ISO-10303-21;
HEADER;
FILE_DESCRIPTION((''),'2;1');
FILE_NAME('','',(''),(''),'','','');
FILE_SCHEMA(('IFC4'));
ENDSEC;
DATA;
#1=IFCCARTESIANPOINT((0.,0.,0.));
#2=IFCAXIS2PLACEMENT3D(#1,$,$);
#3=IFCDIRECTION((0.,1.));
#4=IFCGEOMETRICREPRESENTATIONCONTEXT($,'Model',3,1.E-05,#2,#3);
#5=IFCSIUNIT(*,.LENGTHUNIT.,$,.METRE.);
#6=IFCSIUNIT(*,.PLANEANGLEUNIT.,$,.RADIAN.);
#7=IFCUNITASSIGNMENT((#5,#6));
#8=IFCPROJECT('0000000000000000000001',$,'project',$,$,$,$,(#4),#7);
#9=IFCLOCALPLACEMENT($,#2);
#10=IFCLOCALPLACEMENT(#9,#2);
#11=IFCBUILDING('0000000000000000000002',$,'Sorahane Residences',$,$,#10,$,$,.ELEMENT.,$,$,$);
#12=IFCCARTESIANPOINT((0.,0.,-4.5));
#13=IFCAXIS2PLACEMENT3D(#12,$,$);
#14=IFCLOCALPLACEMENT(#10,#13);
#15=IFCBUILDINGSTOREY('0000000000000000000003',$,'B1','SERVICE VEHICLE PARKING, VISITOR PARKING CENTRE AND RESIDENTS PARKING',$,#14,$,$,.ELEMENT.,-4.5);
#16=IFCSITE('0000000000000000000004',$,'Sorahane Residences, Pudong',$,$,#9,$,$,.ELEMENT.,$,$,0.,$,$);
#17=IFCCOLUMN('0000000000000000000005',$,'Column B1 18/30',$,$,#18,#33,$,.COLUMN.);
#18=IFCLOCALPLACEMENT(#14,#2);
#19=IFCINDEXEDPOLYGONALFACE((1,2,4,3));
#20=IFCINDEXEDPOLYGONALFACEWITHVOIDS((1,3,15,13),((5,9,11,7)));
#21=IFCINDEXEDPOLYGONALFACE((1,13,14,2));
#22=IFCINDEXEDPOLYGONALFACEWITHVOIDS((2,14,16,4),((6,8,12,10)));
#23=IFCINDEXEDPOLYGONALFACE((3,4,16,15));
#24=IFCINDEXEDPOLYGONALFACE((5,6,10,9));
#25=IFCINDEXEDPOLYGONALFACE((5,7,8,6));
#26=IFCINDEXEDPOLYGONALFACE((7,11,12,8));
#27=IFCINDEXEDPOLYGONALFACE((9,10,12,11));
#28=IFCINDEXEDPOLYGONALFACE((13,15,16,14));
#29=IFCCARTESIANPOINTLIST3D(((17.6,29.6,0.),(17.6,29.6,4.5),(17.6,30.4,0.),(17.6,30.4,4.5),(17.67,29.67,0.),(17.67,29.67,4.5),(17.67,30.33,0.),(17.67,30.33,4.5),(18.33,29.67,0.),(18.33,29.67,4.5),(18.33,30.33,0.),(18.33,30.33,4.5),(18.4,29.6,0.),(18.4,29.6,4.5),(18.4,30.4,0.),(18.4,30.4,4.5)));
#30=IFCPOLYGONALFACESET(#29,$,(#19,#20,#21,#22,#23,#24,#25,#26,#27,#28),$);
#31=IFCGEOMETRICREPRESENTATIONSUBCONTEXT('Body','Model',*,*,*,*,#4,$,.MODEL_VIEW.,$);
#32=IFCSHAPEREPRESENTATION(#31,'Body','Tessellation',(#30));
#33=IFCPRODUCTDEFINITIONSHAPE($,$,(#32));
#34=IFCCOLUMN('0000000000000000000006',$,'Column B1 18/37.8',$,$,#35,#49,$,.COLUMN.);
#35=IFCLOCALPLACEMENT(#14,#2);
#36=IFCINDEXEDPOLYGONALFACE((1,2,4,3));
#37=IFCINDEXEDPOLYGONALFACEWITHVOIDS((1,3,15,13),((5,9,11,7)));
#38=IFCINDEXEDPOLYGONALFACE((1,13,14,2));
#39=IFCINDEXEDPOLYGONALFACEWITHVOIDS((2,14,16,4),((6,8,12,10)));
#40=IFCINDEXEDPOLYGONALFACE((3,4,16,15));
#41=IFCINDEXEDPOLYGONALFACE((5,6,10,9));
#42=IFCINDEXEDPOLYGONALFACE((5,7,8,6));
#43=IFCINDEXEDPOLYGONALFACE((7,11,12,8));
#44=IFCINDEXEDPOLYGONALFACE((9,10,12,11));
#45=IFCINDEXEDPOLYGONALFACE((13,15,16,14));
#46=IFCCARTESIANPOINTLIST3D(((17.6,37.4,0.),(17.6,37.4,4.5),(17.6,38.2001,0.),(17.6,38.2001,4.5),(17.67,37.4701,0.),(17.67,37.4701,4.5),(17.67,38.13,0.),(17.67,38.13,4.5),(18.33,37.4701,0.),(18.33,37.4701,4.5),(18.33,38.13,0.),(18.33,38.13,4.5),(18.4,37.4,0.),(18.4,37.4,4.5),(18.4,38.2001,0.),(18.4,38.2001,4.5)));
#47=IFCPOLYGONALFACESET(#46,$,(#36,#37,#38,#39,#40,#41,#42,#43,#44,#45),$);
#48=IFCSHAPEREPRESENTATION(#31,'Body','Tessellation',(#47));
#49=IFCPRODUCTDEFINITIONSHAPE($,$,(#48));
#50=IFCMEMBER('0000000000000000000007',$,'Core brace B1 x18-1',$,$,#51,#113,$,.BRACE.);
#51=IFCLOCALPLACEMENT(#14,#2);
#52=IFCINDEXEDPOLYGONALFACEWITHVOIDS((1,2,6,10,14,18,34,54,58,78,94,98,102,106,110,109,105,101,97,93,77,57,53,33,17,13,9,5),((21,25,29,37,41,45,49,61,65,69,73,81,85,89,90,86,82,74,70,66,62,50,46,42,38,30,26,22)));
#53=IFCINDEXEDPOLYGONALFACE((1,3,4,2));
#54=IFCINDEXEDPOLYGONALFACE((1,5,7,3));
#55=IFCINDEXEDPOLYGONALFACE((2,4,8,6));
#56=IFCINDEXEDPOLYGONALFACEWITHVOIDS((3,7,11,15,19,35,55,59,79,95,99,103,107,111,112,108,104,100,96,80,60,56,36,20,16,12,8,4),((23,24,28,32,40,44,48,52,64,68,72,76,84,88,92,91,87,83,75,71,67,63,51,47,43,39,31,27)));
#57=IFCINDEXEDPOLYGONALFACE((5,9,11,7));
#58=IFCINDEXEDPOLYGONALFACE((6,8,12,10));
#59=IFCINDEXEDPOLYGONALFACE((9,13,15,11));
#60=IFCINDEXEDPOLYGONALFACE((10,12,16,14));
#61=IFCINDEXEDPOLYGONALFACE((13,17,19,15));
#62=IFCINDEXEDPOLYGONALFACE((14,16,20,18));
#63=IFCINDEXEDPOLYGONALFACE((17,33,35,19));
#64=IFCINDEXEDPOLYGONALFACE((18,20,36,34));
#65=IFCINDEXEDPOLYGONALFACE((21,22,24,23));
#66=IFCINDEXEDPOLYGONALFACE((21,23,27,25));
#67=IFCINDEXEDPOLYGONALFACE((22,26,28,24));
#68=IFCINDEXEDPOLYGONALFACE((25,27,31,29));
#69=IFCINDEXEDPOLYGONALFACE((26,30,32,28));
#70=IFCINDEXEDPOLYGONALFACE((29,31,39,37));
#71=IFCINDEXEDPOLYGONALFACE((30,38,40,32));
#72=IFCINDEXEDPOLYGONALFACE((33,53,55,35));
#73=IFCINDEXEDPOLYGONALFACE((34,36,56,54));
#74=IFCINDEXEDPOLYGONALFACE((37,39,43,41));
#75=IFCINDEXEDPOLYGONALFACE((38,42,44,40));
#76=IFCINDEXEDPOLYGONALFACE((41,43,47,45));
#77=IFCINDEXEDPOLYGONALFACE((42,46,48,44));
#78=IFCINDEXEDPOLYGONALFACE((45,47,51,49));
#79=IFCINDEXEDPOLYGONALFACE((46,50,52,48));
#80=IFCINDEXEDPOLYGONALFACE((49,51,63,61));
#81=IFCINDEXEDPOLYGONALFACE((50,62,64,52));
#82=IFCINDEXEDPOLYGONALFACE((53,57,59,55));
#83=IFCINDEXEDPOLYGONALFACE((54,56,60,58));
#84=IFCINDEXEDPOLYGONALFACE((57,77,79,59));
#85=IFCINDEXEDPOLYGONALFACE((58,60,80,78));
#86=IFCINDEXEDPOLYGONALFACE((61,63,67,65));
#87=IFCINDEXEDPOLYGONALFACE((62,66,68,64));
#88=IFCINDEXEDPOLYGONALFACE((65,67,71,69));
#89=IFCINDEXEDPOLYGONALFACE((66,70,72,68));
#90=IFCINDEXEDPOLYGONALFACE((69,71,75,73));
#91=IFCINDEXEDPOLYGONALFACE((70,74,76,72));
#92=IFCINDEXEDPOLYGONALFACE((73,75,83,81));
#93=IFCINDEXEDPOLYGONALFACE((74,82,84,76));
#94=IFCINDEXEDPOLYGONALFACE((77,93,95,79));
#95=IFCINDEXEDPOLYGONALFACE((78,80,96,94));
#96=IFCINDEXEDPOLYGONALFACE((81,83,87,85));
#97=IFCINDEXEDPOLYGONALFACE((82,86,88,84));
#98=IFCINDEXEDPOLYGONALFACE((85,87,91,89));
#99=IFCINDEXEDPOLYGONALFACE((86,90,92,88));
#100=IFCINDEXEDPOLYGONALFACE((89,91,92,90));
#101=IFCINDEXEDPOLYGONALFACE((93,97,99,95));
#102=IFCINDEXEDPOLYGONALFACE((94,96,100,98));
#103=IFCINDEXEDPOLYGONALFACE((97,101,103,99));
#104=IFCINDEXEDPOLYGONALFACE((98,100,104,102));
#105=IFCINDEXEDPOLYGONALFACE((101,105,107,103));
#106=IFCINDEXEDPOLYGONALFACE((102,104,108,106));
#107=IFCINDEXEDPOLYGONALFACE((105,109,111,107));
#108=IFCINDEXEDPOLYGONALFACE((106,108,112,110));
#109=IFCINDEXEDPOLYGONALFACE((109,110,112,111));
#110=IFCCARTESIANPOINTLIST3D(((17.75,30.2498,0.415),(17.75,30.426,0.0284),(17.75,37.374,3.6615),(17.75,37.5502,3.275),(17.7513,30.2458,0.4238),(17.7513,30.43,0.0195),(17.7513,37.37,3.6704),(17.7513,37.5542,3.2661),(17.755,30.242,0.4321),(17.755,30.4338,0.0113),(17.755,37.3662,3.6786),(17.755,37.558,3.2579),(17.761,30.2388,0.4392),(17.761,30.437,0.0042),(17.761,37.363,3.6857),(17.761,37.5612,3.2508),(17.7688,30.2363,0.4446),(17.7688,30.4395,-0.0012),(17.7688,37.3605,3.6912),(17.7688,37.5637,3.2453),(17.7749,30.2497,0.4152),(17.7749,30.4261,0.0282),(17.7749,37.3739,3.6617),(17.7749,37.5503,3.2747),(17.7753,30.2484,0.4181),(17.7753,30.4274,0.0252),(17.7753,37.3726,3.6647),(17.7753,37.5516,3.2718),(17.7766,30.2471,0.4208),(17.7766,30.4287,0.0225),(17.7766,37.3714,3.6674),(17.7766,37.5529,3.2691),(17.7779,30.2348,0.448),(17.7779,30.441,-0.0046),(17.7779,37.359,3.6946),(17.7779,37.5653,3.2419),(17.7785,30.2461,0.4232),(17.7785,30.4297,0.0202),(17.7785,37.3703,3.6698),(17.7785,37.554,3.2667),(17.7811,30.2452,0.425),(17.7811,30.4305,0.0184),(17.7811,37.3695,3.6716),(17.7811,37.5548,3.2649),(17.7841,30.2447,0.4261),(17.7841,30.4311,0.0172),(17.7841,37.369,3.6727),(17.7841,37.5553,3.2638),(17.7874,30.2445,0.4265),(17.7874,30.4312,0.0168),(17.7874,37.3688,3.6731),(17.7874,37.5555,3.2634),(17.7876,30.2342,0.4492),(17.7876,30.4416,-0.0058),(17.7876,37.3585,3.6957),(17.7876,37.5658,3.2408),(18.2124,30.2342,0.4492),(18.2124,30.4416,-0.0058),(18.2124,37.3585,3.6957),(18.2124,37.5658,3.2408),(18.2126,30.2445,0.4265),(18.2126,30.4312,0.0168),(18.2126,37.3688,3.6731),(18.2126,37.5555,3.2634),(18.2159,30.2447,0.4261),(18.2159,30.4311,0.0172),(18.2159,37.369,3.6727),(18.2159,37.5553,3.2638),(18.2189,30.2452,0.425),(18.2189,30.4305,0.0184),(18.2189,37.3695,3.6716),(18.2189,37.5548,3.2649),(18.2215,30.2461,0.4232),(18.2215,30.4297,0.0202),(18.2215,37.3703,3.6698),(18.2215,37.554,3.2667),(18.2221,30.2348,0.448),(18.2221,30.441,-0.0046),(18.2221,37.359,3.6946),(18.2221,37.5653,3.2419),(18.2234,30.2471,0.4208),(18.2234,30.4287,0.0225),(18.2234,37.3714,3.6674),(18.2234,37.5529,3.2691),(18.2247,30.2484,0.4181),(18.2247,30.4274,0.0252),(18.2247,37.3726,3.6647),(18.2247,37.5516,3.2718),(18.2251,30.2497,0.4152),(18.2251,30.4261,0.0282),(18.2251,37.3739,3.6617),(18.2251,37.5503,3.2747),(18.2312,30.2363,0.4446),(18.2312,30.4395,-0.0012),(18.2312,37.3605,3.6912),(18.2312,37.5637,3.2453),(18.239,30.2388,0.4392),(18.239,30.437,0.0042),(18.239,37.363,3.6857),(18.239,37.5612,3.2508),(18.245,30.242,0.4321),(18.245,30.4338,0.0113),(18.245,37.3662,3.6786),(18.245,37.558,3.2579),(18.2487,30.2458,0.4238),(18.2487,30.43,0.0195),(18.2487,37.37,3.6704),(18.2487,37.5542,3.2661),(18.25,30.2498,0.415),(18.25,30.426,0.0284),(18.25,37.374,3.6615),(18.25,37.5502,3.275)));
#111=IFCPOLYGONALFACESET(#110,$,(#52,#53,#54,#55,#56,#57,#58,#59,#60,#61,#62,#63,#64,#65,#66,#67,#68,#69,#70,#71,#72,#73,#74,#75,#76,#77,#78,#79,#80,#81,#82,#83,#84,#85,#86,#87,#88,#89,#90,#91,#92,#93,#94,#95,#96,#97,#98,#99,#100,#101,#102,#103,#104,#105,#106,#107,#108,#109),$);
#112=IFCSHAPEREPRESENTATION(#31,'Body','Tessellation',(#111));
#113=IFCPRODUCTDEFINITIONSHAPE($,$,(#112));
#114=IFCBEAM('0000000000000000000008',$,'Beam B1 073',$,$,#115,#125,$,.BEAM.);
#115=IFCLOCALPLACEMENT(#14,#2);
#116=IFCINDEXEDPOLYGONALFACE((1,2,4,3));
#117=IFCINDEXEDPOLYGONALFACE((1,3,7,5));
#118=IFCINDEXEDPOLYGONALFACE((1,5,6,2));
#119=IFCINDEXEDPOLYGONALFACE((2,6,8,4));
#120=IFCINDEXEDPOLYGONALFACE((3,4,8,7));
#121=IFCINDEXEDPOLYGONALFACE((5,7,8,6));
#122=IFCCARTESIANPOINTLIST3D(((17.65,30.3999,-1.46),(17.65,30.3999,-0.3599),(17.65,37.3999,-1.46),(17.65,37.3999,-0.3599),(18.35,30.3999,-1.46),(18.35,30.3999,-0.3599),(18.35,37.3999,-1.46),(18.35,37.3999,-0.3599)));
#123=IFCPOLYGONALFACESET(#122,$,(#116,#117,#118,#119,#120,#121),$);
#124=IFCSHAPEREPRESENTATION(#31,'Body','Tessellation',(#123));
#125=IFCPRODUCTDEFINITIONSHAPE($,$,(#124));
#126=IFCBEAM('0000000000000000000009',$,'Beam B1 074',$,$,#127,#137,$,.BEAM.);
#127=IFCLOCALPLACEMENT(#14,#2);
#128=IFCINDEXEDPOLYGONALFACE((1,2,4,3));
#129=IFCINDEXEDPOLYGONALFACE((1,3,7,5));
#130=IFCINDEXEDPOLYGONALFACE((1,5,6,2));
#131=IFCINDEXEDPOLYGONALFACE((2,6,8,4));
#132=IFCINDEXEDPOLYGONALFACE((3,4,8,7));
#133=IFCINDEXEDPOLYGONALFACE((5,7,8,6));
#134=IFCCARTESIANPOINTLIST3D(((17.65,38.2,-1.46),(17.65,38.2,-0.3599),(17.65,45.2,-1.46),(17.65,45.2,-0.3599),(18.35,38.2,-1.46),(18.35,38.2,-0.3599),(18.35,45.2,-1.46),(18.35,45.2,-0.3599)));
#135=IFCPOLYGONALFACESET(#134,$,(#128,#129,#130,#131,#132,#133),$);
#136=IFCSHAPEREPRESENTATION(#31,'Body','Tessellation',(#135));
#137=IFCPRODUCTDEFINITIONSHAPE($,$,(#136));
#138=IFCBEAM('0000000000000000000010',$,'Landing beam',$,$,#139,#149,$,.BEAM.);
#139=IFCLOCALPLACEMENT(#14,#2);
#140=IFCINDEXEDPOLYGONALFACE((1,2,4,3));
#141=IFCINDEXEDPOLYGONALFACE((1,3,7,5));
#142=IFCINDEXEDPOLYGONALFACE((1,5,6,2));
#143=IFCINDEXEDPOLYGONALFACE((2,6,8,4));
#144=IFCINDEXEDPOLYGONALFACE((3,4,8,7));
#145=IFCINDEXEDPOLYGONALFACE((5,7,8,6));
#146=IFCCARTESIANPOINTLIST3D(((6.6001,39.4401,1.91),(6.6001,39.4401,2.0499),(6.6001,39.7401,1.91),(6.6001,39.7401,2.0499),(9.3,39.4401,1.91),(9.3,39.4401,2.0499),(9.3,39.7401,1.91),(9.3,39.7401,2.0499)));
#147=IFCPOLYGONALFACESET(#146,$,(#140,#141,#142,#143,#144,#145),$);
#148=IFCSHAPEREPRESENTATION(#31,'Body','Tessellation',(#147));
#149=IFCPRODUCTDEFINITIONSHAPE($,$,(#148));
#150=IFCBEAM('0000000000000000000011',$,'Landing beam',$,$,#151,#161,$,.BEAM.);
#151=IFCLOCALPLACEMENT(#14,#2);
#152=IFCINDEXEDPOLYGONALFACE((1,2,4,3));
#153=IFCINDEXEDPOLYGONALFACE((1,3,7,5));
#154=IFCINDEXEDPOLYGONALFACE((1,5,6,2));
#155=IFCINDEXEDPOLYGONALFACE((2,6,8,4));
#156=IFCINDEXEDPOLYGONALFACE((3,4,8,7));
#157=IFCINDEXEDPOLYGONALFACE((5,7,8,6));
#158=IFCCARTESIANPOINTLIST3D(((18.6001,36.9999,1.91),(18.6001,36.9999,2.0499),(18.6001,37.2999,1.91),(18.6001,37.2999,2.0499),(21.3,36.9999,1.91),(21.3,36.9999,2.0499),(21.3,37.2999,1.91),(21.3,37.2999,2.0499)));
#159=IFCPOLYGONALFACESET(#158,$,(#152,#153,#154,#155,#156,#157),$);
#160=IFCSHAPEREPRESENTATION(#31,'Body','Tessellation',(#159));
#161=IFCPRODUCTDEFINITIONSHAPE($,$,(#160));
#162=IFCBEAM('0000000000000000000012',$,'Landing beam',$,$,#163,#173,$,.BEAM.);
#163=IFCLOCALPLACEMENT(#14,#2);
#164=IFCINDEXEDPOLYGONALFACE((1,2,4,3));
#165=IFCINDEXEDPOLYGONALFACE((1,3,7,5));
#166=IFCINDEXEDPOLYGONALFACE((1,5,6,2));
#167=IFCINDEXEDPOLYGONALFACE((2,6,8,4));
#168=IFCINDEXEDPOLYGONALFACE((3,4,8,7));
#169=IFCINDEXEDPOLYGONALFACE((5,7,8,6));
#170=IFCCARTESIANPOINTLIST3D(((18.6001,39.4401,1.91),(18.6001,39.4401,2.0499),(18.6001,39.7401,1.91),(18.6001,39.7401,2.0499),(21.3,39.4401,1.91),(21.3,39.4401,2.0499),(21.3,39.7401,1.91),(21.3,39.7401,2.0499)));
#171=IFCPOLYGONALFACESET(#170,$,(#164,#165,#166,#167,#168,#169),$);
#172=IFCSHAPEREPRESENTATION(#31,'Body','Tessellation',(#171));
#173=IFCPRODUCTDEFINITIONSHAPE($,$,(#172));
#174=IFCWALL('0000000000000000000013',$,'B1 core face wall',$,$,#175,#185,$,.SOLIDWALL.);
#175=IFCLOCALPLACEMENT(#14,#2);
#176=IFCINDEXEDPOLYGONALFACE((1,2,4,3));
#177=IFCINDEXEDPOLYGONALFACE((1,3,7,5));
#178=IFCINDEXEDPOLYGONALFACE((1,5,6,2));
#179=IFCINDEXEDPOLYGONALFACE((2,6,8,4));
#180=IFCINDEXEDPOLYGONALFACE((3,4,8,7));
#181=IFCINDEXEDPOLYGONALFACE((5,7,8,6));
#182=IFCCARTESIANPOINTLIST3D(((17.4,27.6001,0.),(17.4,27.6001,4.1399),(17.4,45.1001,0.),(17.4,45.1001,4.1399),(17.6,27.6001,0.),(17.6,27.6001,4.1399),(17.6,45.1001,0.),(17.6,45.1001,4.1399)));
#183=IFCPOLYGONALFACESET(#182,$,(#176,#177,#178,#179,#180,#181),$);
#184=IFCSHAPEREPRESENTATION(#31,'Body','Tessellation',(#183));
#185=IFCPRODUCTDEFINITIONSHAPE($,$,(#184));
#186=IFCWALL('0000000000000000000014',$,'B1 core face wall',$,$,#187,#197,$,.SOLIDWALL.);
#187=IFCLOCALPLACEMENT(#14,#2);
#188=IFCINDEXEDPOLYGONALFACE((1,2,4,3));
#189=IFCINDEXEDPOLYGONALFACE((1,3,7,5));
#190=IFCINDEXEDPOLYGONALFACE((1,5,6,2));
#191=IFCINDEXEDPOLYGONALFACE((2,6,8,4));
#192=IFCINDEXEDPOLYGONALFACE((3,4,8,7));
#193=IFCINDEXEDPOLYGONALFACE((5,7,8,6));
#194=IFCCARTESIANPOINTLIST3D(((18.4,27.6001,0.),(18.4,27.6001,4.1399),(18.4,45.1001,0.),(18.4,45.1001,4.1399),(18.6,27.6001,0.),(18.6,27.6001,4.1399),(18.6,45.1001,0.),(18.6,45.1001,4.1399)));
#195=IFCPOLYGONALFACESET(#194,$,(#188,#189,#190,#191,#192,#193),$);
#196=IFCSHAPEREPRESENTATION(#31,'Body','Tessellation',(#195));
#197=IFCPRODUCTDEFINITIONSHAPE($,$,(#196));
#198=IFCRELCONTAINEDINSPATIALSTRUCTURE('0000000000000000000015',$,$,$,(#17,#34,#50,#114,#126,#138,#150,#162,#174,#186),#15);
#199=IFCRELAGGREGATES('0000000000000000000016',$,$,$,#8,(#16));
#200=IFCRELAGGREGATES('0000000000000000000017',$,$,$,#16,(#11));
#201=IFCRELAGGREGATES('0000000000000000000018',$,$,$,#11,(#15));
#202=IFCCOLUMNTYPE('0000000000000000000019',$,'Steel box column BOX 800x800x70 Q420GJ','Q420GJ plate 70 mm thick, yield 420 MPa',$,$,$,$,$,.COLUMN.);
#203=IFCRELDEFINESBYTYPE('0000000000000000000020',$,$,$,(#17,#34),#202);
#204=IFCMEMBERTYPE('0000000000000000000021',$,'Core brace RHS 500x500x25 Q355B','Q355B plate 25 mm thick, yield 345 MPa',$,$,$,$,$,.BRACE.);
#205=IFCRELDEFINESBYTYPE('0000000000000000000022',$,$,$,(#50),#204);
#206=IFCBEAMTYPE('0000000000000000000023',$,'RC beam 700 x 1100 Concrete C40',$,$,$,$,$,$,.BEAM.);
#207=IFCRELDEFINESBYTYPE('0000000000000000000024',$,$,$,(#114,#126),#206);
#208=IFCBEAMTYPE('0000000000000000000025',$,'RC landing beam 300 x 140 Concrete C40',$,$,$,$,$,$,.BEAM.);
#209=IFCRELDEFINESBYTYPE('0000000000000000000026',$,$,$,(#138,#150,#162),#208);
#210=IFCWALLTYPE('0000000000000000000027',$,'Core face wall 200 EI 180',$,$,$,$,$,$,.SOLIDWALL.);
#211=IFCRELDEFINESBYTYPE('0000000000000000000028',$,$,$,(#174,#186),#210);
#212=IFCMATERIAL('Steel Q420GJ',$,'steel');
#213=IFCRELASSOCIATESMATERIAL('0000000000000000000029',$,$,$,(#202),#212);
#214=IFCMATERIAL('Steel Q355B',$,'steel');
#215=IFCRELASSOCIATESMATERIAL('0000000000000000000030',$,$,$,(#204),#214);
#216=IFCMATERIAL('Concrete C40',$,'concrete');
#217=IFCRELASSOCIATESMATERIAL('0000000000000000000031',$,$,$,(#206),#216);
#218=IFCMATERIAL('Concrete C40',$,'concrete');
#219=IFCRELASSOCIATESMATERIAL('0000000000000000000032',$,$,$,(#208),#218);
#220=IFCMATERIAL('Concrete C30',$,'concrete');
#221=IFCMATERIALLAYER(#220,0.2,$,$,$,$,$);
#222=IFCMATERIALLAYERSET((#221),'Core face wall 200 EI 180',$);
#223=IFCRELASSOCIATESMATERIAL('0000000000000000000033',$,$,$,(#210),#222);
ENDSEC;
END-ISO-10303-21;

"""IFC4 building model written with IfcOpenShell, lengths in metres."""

from ifc_helpers import new_model, si_unit, direction, frame, frame_2d, origin, origin_2d, place, context, subcontext, project, spatial, rectangle, hollow_rectangle, extrude, material, layer, layer_set, material_profile, profile_set, type_object, element, save


model = new_model("IFC4")

# Units and contexts
model_context = context("Model", 3, precision=1e-05, world=origin(), true_north=direction((0.0, 1.0)))
body_context = subcontext(model_context, "Body", "Model", "MODEL_VIEW")
ifc_project = project(units=[si_unit("LENGTHUNIT", "METRE"), si_unit("PLANEANGLEUNIT", "RADIAN")], contexts=[model_context])

# Site, building, storey
site_placement = place(None, origin())
site = spatial("IfcSite", under=ifc_project, at=site_placement, Name="Sorahane Residences, Pudong", CompositionType="ELEMENT", RefElevation=0.0)
building_placement = place(site_placement, origin())
building = spatial("IfcBuilding", under=site, at=building_placement, Name="Sorahane Residences", CompositionType="ELEMENT")
storey_placement = place(building_placement, frame((0.0, 0.0, -4.5)))
storey = spatial("IfcBuildingStorey", under=building, at=storey_placement, Name="B1", Description="SERVICE VEHICLE PARKING, VISITOR PARKING CENTRE AND RESIDENTS PARKING", CompositionType="ELEMENT", Elevation=-4.5)

# Columns
ifc_material_1 = material(Name="Steel Q420GJ", Category="steel")
ifc_material_profile_1 = material_profile(ifc_material_1, hollow_rectangle(XDim=0.8, YDim=0.8, WallThickness=0.0701, at=origin_2d()), Name="BOX 800x800x70")
ifc_profile_set_1 = profile_set([ifc_material_profile_1], Name="Steel Q420GJ")
column_type = type_object("IfcColumnType", Name="Steel box column BOX 800x800x70 Q420GJ", Description="Q420GJ plate 70 mm thick, yield 420 MPa", PredefinedType="COLUMN", material=ifc_profile_set_1)
for number, where, z_axis, x_axis, name in (
    (1, (18.0, 30.0, 0.0), (0.0, 0.0, 1.0), (1.0, 0.0, 0.0), "Column B1 18/30"),
    (2, (18.0, 37.8, 0.0), (0.0, 0.0, 1.0), (1.0, 0.0, 0.0), "Column B1 18/37.8"),
):
    element("IfcColumn", number, at=place(storey_placement, frame(where, z_axis=z_axis, x_axis=x_axis)), inside=storey, type_object=column_type, Name=name, PredefinedType="COLUMN", context=body_context, shape_type="SweptSolid", body=[
        extrude(hollow_rectangle(XDim=0.8, YDim=0.8, WallThickness=0.0701, at=origin_2d()), origin(), (0.0, 0.0, 1.0), 4.5),
    ])

# Member
ifc_material_2 = material(Name="Steel Q355B", Category="steel")
ifc_material_profile_2 = material_profile(ifc_material_2, hollow_rectangle(XDim=0.5, YDim=0.5, WallThickness=0.0249, InnerFilletRadius=0.0125, OuterFilletRadius=0.0376, at=origin_2d()), Name="RHS 500x500x25")
ifc_profile_set_2 = profile_set([ifc_material_profile_2], Name="Steel Q355B")
member_type = type_object("IfcMemberType", Name="Core brace RHS 500x500x25 Q355B", Description="Q355B plate 25 mm thick, yield 345 MPa", PredefinedType="BRACE", material=ifc_profile_set_2)
member_placement = place(storey_placement, frame((18.0, 30.3379, 0.2217), z_axis=(0.0, 0.909968, 0.414679), x_axis=(-1.0, 0.0, 0.0)))
element("IfcMember", 3, at=member_placement, inside=storey, type_object=member_type, Name="Core brace B1 x18-1", PredefinedType="BRACE", context=body_context, shape_type="SweptSolid", body=[
    extrude(hollow_rectangle(XDim=0.5, YDim=0.5, WallThickness=0.0249, InnerFilletRadius=0.0125, OuterFilletRadius=0.0376, at=origin_2d()), origin(), (0.0, 0.0, 1.0), 7.8291),
])

# Beams
ifc_material_3 = material(Name="Concrete C40", Category="concrete")
ifc_material_profile_3 = material_profile(ifc_material_3, rectangle(XDim=0.7, YDim=1.1001, at=origin_2d()), Name="700x1100")
ifc_profile_set_3 = profile_set([ifc_material_profile_3], Name="Concrete C40")
beam_type_1 = type_object("IfcBeamType", Name="RC beam 700 x 1100 Concrete C40", PredefinedType="BEAM", material=ifc_profile_set_3)
for number, where, z_axis, x_axis, name in (
    (4, (18.0, 30.3999, -0.9099), (0.0, 1.0, 0.0), (-1.0, 0.0, 0.0), "Beam B1 073"),
    (5, (18.0, 38.2, -0.9099), (0.0, 1.0, 0.0), (-1.0, 0.0, 0.0), "Beam B1 074"),
):
    element("IfcBeam", number, at=place(storey_placement, frame(where, z_axis=z_axis, x_axis=x_axis)), inside=storey, type_object=beam_type_1, Name=name, PredefinedType="BEAM", context=body_context, shape_type="SweptSolid", body=[
        extrude(rectangle(XDim=0.7, YDim=1.1001, at=origin_2d()), origin(), (0.0, 0.0, 1.0), 7.0),
    ])
ifc_material_4 = material(Name="Concrete C40", Category="concrete")
ifc_material_profile_4 = material_profile(ifc_material_4, rectangle(XDim=0.3, YDim=0.1399, at=origin_2d()), Name="300x140")
ifc_profile_set_4 = profile_set([ifc_material_profile_4], Name="Concrete C40")
beam_type_2 = type_object("IfcBeamType", Name="RC landing beam 300 x 140 Concrete C40", PredefinedType="BEAM", material=ifc_profile_set_4)
for number, where, z_axis, x_axis, name in (
    (6, (6.6001, 39.5901, 1.98), (1.0, 0.0, 0.0), (0.0, 1.0, 0.0), "Landing beam"),
    (7, (18.6001, 37.1499, 1.98), (1.0, 0.0, 0.0), (0.0, 1.0, 0.0), "Landing beam"),
    (8, (18.6001, 39.5901, 1.98), (1.0, 0.0, 0.0), (0.0, 1.0, 0.0), "Landing beam"),
):
    element("IfcBeam", number, at=place(storey_placement, frame(where, z_axis=z_axis, x_axis=x_axis)), inside=storey, type_object=beam_type_2, Name=name, PredefinedType="BEAM", context=body_context, shape_type="SweptSolid", body=[
        extrude(rectangle(XDim=0.3, YDim=0.1399, at=origin_2d()), origin(), (0.0, 0.0, 1.0), 2.7),
    ])

# Walls
ifc_material_5 = material(Name="Concrete C30", Category="concrete")
ifc_layer_1 = layer(ifc_material_5, 0.2)
ifc_layer_set_1 = layer_set([ifc_layer_1], Name="Core face wall 200 EI 180")
wall_type_1 = type_object("IfcWallType", Name="Core face wall 200 EI 180", PredefinedType="SOLIDWALL", material=ifc_layer_set_1)
for number, where, z_axis, x_axis, name in (
    (9, (17.5, 27.6001, 0.0), (0.0, 0.0, 1.0), (0.0, 1.0, 0.0), "B1 core face wall"),
    (10, (18.5, 27.6001, 0.0), (0.0, 0.0, 1.0), (0.0, 1.0, 0.0), "B1 core face wall"),
):
    element("IfcWall", number, at=place(storey_placement, frame(where, z_axis=z_axis, x_axis=x_axis)), inside=storey, type_object=wall_type_1, Name=name, PredefinedType="SOLIDWALL", context=body_context, shape_type="SweptSolid", body=[
        extrude(rectangle(XDim=17.5, YDim=0.2, at=frame_2d((8.75, 0.0))), origin(), (0.0, 0.0, 1.0), 4.1399),
    ])

save(model, "model.ifc")
